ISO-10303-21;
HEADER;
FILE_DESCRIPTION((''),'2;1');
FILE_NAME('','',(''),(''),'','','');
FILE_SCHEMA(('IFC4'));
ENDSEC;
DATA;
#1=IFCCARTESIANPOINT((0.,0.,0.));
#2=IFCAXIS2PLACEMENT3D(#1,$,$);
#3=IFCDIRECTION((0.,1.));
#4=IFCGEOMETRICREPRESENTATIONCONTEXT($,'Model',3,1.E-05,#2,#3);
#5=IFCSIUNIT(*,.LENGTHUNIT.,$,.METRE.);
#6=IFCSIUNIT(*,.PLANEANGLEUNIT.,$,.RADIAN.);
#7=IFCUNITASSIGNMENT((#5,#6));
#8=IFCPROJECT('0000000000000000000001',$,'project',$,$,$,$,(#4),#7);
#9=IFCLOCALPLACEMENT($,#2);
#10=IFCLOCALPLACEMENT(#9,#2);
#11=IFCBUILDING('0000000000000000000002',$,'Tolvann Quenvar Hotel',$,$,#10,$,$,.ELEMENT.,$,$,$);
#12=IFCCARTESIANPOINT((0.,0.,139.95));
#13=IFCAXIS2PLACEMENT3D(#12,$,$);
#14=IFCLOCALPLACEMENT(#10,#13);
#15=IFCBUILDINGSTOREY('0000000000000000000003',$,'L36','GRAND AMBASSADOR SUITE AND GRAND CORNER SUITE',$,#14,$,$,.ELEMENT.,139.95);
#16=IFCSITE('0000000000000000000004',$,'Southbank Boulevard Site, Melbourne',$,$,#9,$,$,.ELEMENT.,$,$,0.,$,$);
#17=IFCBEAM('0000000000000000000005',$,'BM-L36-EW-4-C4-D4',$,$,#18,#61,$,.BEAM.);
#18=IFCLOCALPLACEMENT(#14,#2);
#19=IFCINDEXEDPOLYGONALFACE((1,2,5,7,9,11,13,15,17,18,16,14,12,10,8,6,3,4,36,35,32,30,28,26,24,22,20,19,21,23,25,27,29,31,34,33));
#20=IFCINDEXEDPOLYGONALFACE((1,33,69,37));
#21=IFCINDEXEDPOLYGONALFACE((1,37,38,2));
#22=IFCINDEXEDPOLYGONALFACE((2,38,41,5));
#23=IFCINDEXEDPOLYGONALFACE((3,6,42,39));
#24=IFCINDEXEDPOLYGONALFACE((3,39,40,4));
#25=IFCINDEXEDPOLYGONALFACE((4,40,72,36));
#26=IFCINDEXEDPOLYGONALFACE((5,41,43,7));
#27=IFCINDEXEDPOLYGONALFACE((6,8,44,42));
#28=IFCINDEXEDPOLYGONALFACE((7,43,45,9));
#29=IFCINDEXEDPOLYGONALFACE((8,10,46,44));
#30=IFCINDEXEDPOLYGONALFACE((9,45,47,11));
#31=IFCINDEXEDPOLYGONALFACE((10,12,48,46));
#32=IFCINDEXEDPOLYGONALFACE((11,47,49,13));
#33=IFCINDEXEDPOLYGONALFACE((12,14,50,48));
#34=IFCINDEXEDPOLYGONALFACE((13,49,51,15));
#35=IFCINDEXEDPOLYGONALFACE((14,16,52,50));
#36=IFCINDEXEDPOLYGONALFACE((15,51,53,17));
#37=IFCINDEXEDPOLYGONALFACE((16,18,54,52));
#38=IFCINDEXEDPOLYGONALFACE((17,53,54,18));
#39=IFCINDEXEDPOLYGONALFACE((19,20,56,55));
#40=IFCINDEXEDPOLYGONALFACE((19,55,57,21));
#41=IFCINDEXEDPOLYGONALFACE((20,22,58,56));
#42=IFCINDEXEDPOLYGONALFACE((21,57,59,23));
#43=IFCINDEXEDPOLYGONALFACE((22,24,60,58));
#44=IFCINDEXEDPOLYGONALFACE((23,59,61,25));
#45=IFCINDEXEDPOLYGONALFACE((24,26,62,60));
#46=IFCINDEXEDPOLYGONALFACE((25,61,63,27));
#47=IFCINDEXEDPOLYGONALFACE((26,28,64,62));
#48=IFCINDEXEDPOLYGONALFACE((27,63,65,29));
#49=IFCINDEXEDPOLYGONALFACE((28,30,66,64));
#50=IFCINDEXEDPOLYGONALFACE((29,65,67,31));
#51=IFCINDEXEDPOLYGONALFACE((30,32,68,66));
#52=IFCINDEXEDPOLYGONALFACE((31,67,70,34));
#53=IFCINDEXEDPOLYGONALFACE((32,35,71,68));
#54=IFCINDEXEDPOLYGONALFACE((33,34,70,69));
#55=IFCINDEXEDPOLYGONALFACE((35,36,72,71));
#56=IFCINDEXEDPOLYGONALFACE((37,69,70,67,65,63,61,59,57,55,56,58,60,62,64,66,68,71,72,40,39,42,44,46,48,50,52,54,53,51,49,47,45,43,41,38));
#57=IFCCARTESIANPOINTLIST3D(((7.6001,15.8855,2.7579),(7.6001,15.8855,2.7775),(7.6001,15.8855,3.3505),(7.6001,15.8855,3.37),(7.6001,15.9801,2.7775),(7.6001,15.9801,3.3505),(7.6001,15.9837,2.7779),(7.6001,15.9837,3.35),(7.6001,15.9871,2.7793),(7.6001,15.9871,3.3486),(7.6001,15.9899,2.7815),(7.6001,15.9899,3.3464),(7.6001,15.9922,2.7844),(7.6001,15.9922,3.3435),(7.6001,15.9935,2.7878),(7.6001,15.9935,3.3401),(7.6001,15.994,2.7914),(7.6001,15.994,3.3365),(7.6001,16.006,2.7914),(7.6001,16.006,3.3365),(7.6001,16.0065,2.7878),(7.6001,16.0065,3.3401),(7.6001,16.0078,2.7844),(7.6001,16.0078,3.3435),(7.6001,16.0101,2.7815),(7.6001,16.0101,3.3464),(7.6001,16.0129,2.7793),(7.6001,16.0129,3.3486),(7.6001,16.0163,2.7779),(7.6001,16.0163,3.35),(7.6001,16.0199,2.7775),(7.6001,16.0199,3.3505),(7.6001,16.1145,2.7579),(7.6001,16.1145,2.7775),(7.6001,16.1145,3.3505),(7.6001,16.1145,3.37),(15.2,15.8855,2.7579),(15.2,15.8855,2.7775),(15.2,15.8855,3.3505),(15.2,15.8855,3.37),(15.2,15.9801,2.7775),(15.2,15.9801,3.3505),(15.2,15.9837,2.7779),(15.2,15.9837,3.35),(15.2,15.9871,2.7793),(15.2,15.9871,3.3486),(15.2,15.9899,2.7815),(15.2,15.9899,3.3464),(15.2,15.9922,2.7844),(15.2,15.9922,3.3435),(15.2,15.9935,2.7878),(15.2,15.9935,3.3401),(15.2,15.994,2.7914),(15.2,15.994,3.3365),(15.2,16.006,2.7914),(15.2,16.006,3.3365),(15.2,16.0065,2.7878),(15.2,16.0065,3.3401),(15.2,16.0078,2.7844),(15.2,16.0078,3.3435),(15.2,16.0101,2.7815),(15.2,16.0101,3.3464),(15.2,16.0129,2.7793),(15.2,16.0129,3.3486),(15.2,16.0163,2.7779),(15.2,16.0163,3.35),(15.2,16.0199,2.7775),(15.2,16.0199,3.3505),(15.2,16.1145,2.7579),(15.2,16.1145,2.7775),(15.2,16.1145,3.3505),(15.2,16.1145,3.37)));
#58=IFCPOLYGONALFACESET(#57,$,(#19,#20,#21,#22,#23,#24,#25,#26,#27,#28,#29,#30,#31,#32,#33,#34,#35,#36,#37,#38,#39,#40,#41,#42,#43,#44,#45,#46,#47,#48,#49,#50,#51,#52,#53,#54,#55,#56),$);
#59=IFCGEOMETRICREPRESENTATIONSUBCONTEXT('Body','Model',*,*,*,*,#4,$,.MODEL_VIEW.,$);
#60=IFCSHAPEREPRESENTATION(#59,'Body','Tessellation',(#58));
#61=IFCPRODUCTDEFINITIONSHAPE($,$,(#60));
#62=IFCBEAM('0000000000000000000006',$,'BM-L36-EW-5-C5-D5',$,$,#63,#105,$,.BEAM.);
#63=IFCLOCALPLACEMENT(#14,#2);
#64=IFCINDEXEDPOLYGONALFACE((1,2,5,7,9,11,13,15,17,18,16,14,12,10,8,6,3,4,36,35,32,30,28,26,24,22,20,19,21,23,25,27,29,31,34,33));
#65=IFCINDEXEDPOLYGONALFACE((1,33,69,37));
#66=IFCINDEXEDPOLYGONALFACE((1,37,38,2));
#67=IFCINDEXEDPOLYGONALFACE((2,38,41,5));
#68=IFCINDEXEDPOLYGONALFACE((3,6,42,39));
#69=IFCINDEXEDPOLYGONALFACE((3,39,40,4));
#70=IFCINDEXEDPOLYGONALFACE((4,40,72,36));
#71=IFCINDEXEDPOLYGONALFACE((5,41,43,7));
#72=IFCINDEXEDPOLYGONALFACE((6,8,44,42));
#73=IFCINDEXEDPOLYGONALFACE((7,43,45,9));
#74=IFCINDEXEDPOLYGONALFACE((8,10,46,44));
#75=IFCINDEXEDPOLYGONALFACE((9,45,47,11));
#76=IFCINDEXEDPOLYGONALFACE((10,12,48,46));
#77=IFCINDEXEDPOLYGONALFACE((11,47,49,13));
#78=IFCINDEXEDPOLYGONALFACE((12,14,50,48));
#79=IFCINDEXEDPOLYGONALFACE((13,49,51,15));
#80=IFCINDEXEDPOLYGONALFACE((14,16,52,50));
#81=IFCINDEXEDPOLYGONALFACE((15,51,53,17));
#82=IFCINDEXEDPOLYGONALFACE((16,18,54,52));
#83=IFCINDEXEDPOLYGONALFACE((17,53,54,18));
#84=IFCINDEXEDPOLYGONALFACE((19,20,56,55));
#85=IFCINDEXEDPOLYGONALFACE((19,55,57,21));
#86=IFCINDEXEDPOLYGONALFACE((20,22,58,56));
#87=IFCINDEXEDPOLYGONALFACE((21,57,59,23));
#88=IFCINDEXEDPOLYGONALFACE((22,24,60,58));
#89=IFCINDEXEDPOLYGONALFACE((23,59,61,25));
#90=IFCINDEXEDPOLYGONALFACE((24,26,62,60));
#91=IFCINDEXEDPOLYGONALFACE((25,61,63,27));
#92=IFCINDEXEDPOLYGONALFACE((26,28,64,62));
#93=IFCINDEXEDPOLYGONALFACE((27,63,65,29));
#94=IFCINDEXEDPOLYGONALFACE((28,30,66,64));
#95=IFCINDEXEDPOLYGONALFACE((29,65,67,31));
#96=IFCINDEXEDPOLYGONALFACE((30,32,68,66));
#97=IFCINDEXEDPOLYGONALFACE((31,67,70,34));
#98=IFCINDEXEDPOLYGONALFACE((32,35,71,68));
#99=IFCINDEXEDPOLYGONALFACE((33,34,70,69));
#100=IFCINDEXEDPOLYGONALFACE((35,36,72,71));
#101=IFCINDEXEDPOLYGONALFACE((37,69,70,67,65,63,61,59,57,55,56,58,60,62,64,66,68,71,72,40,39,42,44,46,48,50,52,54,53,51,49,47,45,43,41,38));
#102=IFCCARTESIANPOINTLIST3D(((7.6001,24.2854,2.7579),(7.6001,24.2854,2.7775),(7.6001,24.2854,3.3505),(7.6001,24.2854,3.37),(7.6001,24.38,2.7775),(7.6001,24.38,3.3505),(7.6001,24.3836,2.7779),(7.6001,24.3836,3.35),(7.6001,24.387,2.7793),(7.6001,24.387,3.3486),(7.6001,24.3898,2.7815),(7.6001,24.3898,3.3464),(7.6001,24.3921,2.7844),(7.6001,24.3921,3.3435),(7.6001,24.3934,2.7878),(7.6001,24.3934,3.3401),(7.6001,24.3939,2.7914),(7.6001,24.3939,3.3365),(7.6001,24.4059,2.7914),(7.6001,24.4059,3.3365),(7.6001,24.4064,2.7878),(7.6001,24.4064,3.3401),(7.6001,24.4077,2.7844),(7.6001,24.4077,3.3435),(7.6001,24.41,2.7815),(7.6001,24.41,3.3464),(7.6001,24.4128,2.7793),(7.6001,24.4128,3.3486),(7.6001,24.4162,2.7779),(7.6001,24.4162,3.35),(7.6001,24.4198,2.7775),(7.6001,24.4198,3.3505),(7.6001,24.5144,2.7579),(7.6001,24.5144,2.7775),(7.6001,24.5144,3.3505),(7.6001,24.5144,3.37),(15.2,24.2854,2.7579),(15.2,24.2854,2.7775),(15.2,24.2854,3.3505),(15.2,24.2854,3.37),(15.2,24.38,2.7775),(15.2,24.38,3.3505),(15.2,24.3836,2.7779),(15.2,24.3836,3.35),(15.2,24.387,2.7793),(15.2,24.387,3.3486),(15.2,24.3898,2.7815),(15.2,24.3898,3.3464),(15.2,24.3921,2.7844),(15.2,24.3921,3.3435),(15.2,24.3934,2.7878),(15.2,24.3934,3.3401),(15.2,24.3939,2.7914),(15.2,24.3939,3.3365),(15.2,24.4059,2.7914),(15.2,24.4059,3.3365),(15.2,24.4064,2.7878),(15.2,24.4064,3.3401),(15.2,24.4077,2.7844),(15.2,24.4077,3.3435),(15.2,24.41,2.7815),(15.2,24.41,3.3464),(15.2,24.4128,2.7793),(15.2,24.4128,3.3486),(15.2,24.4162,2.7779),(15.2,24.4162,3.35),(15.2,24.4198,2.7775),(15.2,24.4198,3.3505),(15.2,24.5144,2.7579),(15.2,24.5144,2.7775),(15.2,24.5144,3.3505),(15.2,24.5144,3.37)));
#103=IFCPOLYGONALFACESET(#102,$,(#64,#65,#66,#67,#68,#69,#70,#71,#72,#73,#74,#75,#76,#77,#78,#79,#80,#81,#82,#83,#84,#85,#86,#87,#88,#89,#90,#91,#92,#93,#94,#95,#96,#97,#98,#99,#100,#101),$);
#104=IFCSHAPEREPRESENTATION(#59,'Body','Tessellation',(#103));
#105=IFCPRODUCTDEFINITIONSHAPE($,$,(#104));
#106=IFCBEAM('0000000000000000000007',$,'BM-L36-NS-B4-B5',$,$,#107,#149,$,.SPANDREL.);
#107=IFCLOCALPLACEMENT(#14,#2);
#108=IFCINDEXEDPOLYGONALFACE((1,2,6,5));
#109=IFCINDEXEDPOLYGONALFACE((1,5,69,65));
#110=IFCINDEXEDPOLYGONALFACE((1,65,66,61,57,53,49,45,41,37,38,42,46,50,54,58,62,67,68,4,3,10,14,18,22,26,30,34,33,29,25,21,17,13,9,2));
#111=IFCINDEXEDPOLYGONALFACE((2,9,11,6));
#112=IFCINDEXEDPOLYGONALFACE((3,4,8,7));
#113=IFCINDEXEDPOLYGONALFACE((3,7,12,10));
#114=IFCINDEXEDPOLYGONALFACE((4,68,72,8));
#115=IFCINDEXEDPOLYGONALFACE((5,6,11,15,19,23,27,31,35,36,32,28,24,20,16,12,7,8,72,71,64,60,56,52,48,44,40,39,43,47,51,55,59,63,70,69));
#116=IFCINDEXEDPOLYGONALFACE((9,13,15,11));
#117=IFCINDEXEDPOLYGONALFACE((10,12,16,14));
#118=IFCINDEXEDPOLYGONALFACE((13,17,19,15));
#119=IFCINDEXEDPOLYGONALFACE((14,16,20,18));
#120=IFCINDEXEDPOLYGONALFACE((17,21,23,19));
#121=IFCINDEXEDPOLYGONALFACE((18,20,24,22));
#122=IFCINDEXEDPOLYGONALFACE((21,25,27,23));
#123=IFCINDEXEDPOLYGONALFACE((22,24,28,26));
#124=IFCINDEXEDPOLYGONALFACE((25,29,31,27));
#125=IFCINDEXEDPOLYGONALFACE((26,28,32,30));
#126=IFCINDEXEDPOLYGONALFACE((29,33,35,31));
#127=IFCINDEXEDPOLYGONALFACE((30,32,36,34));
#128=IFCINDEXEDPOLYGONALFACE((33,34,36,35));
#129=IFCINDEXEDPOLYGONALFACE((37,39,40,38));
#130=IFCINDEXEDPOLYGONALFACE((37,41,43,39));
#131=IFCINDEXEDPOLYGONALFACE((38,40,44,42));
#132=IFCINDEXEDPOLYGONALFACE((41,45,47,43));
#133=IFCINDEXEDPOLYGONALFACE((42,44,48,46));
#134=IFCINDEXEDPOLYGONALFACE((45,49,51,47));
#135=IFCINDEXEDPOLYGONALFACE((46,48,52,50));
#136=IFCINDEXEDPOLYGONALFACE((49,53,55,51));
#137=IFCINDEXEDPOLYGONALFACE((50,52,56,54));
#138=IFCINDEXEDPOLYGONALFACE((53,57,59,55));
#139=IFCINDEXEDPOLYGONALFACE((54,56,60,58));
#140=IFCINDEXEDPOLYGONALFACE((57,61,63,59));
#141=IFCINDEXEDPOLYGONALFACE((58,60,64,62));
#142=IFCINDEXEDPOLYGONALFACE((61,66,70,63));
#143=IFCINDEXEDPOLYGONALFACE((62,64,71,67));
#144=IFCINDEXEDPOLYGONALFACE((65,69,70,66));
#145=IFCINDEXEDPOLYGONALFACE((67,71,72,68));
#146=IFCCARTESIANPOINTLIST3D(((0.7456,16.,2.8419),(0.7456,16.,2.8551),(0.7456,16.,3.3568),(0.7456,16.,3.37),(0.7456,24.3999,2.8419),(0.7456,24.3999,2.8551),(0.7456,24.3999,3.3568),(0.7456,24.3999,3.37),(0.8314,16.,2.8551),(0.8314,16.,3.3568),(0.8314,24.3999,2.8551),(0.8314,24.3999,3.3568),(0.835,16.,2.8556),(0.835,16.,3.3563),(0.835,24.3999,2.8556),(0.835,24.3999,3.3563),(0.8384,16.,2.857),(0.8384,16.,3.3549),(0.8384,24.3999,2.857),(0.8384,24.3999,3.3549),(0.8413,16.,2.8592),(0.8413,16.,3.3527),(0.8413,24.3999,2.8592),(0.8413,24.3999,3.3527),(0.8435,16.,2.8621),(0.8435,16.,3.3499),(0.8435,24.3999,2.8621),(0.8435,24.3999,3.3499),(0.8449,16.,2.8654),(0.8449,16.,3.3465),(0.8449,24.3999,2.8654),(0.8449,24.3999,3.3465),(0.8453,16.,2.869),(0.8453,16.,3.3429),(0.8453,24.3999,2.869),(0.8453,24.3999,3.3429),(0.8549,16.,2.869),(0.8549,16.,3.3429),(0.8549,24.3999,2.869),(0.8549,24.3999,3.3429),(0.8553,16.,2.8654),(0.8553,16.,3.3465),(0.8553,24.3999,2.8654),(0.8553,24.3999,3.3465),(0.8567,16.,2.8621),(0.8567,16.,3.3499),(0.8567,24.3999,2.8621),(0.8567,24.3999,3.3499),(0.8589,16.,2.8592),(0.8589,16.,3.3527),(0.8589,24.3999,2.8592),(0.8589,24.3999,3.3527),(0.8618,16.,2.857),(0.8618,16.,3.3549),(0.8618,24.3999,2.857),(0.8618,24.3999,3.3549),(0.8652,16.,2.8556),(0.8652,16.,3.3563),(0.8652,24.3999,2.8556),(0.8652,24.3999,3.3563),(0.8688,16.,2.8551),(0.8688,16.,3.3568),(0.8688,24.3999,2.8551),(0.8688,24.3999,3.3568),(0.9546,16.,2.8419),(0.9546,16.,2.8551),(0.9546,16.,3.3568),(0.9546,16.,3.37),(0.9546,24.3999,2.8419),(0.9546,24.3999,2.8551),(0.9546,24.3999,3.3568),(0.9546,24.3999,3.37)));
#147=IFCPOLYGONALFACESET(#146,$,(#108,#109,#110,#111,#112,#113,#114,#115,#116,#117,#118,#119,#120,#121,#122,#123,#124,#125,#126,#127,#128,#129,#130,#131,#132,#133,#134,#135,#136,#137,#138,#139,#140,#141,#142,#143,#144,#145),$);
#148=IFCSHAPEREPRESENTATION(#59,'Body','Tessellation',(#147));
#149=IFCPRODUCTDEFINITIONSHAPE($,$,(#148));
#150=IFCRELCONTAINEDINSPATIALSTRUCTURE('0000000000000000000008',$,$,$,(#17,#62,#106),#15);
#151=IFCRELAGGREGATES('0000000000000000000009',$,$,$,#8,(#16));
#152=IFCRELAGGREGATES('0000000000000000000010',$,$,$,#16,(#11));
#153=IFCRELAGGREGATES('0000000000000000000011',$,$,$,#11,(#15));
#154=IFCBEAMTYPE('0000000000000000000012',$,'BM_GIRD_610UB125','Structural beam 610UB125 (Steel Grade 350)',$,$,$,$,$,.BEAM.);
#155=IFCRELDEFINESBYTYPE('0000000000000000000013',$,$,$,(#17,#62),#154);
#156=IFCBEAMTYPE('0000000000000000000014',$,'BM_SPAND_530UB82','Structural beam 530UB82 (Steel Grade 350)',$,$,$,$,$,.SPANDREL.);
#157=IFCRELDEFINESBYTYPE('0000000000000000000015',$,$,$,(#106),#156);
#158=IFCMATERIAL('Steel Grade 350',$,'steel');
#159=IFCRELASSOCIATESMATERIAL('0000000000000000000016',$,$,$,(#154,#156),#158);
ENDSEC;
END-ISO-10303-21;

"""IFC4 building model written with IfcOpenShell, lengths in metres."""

from ifc_helpers import new_model, si_unit, direction, frame, origin, origin_2d, place, context, subcontext, project, spatial, i_section, extrude, source, transform, mapped, material, material_profile, profile_set, type_object, element, save


model = new_model("IFC4")

# Units and contexts
model_context = context("Model", 3, precision=1e-05, world=origin(), true_north=direction((0.0, 1.0)))
body_context = subcontext(model_context, "Body", "Model", "MODEL_VIEW")
ifc_project = project(units=[si_unit("LENGTHUNIT", "METRE"), si_unit("PLANEANGLEUNIT", "RADIAN")], contexts=[model_context])

# Site, building, storey
site_placement = place(None, origin())
site = spatial("IfcSite", under=ifc_project, at=site_placement, Name="Southbank Boulevard Site, Melbourne", CompositionType="ELEMENT", RefElevation=0.0)
building_placement = place(site_placement, origin())
building = spatial("IfcBuilding", under=site, at=building_placement, Name="Tolvann Quenvar Hotel", CompositionType="ELEMENT")
storey_placement = place(building_placement, frame((0.0, 0.0, 139.95)))
storey = spatial("IfcBuildingStorey", under=building, at=storey_placement, Name="L36", Description="GRAND AMBASSADOR SUITE AND GRAND CORNER SUITE", CompositionType="ELEMENT", Elevation=139.95)

# Shared definitions
ifc_material_1 = material(Name="Steel Grade 350", Category="steel")

# Beams
ifc_material_profile_1 = material_profile(ifc_material_1, i_section(OverallWidth=0.229, OverallDepth=0.6121, WebThickness=0.012, FlangeThickness=0.0195, FilletRadius=0.0139, at=origin_2d()), Name="610UB125")
ifc_profile_set_1 = profile_set([ifc_material_profile_1], Name="Steel Grade 350")
beam_type_1 = type_object("IfcBeamType", Name="BM_GIRD_610UB125", Description="Structural beam 610UB125 (Steel Grade 350)", PredefinedType="BEAM", material=ifc_profile_set_1)
shared_shape_1 = source(origin(), body_context, "Body", "SweptSolid", [
    extrude(i_section(OverallWidth=0.229, OverallDepth=0.6121, WebThickness=0.012, FlangeThickness=0.0195, FilletRadius=0.0139, at=origin_2d()), origin(), (0.0, 0.0, 1.0), 7.5999),
])
for number, where, z_axis, x_axis, name in (
    (1, (7.6001, 16.0, 3.064), (1.0, 0.0, 0.0), (0.0, 1.0, 0.0), "BM-L36-EW-4-C4-D4"),
    (2, (7.6001, 24.3999, 3.064), (1.0, 0.0, 0.0), (0.0, 1.0, 0.0), "BM-L36-EW-5-C5-D5"),
):
    element("IfcBeam", number, at=place(storey_placement, frame(where, z_axis=z_axis, x_axis=x_axis)), inside=storey, type_object=beam_type_1, Name=name, PredefinedType="BEAM", context=body_context, shape_type="MappedRepresentation", body=[
        mapped(shared_shape_1, transform((0.0, 0.0, 0.0), x_axis=(1.0, 0.0, 0.0), y_axis=(0.0, 1.0, 0.0), z_axis=(0.0, 0.0, 1.0), scale=1.0)),
    ])
ifc_material_profile_2 = material_profile(ifc_material_1, i_section(OverallWidth=0.209, OverallDepth=0.5281, WebThickness=0.0095, FlangeThickness=0.0132, FilletRadius=0.0139, at=origin_2d()), Name="530UB82")
ifc_profile_set_2 = profile_set([ifc_material_profile_2], Name="Steel Grade 350")
beam_type_2 = type_object("IfcBeamType", Name="BM_SPAND_530UB82", Description="Structural beam 530UB82 (Steel Grade 350)", PredefinedType="SPANDREL", material=ifc_profile_set_2)
shared_shape_2 = source(origin(), body_context, "Body", "SweptSolid", [
    extrude(i_section(OverallWidth=0.209, OverallDepth=0.5281, WebThickness=0.0095, FlangeThickness=0.0132, FilletRadius=0.0139, at=origin_2d()), origin(), (0.0, 0.0, 1.0), 8.3999),
])
beam_1_placement = place(storey_placement, frame((0.8501, 16.0, 3.106), z_axis=(0.0, 1.0, 0.0), x_axis=(-1.0, 0.0, 0.0)))
element("IfcBeam", 3, at=beam_1_placement, inside=storey, type_object=beam_type_2, Name="BM-L36-NS-B4-B5", PredefinedType="SPANDREL", context=body_context, shape_type="MappedRepresentation", body=[
    mapped(shared_shape_2, transform((0.0, 0.0, 0.0), x_axis=(1.0, 0.0, 0.0), y_axis=(0.0, 1.0, 0.0), z_axis=(0.0, 0.0, 1.0), scale=1.0)),
])

save(model, "model.ifc")
